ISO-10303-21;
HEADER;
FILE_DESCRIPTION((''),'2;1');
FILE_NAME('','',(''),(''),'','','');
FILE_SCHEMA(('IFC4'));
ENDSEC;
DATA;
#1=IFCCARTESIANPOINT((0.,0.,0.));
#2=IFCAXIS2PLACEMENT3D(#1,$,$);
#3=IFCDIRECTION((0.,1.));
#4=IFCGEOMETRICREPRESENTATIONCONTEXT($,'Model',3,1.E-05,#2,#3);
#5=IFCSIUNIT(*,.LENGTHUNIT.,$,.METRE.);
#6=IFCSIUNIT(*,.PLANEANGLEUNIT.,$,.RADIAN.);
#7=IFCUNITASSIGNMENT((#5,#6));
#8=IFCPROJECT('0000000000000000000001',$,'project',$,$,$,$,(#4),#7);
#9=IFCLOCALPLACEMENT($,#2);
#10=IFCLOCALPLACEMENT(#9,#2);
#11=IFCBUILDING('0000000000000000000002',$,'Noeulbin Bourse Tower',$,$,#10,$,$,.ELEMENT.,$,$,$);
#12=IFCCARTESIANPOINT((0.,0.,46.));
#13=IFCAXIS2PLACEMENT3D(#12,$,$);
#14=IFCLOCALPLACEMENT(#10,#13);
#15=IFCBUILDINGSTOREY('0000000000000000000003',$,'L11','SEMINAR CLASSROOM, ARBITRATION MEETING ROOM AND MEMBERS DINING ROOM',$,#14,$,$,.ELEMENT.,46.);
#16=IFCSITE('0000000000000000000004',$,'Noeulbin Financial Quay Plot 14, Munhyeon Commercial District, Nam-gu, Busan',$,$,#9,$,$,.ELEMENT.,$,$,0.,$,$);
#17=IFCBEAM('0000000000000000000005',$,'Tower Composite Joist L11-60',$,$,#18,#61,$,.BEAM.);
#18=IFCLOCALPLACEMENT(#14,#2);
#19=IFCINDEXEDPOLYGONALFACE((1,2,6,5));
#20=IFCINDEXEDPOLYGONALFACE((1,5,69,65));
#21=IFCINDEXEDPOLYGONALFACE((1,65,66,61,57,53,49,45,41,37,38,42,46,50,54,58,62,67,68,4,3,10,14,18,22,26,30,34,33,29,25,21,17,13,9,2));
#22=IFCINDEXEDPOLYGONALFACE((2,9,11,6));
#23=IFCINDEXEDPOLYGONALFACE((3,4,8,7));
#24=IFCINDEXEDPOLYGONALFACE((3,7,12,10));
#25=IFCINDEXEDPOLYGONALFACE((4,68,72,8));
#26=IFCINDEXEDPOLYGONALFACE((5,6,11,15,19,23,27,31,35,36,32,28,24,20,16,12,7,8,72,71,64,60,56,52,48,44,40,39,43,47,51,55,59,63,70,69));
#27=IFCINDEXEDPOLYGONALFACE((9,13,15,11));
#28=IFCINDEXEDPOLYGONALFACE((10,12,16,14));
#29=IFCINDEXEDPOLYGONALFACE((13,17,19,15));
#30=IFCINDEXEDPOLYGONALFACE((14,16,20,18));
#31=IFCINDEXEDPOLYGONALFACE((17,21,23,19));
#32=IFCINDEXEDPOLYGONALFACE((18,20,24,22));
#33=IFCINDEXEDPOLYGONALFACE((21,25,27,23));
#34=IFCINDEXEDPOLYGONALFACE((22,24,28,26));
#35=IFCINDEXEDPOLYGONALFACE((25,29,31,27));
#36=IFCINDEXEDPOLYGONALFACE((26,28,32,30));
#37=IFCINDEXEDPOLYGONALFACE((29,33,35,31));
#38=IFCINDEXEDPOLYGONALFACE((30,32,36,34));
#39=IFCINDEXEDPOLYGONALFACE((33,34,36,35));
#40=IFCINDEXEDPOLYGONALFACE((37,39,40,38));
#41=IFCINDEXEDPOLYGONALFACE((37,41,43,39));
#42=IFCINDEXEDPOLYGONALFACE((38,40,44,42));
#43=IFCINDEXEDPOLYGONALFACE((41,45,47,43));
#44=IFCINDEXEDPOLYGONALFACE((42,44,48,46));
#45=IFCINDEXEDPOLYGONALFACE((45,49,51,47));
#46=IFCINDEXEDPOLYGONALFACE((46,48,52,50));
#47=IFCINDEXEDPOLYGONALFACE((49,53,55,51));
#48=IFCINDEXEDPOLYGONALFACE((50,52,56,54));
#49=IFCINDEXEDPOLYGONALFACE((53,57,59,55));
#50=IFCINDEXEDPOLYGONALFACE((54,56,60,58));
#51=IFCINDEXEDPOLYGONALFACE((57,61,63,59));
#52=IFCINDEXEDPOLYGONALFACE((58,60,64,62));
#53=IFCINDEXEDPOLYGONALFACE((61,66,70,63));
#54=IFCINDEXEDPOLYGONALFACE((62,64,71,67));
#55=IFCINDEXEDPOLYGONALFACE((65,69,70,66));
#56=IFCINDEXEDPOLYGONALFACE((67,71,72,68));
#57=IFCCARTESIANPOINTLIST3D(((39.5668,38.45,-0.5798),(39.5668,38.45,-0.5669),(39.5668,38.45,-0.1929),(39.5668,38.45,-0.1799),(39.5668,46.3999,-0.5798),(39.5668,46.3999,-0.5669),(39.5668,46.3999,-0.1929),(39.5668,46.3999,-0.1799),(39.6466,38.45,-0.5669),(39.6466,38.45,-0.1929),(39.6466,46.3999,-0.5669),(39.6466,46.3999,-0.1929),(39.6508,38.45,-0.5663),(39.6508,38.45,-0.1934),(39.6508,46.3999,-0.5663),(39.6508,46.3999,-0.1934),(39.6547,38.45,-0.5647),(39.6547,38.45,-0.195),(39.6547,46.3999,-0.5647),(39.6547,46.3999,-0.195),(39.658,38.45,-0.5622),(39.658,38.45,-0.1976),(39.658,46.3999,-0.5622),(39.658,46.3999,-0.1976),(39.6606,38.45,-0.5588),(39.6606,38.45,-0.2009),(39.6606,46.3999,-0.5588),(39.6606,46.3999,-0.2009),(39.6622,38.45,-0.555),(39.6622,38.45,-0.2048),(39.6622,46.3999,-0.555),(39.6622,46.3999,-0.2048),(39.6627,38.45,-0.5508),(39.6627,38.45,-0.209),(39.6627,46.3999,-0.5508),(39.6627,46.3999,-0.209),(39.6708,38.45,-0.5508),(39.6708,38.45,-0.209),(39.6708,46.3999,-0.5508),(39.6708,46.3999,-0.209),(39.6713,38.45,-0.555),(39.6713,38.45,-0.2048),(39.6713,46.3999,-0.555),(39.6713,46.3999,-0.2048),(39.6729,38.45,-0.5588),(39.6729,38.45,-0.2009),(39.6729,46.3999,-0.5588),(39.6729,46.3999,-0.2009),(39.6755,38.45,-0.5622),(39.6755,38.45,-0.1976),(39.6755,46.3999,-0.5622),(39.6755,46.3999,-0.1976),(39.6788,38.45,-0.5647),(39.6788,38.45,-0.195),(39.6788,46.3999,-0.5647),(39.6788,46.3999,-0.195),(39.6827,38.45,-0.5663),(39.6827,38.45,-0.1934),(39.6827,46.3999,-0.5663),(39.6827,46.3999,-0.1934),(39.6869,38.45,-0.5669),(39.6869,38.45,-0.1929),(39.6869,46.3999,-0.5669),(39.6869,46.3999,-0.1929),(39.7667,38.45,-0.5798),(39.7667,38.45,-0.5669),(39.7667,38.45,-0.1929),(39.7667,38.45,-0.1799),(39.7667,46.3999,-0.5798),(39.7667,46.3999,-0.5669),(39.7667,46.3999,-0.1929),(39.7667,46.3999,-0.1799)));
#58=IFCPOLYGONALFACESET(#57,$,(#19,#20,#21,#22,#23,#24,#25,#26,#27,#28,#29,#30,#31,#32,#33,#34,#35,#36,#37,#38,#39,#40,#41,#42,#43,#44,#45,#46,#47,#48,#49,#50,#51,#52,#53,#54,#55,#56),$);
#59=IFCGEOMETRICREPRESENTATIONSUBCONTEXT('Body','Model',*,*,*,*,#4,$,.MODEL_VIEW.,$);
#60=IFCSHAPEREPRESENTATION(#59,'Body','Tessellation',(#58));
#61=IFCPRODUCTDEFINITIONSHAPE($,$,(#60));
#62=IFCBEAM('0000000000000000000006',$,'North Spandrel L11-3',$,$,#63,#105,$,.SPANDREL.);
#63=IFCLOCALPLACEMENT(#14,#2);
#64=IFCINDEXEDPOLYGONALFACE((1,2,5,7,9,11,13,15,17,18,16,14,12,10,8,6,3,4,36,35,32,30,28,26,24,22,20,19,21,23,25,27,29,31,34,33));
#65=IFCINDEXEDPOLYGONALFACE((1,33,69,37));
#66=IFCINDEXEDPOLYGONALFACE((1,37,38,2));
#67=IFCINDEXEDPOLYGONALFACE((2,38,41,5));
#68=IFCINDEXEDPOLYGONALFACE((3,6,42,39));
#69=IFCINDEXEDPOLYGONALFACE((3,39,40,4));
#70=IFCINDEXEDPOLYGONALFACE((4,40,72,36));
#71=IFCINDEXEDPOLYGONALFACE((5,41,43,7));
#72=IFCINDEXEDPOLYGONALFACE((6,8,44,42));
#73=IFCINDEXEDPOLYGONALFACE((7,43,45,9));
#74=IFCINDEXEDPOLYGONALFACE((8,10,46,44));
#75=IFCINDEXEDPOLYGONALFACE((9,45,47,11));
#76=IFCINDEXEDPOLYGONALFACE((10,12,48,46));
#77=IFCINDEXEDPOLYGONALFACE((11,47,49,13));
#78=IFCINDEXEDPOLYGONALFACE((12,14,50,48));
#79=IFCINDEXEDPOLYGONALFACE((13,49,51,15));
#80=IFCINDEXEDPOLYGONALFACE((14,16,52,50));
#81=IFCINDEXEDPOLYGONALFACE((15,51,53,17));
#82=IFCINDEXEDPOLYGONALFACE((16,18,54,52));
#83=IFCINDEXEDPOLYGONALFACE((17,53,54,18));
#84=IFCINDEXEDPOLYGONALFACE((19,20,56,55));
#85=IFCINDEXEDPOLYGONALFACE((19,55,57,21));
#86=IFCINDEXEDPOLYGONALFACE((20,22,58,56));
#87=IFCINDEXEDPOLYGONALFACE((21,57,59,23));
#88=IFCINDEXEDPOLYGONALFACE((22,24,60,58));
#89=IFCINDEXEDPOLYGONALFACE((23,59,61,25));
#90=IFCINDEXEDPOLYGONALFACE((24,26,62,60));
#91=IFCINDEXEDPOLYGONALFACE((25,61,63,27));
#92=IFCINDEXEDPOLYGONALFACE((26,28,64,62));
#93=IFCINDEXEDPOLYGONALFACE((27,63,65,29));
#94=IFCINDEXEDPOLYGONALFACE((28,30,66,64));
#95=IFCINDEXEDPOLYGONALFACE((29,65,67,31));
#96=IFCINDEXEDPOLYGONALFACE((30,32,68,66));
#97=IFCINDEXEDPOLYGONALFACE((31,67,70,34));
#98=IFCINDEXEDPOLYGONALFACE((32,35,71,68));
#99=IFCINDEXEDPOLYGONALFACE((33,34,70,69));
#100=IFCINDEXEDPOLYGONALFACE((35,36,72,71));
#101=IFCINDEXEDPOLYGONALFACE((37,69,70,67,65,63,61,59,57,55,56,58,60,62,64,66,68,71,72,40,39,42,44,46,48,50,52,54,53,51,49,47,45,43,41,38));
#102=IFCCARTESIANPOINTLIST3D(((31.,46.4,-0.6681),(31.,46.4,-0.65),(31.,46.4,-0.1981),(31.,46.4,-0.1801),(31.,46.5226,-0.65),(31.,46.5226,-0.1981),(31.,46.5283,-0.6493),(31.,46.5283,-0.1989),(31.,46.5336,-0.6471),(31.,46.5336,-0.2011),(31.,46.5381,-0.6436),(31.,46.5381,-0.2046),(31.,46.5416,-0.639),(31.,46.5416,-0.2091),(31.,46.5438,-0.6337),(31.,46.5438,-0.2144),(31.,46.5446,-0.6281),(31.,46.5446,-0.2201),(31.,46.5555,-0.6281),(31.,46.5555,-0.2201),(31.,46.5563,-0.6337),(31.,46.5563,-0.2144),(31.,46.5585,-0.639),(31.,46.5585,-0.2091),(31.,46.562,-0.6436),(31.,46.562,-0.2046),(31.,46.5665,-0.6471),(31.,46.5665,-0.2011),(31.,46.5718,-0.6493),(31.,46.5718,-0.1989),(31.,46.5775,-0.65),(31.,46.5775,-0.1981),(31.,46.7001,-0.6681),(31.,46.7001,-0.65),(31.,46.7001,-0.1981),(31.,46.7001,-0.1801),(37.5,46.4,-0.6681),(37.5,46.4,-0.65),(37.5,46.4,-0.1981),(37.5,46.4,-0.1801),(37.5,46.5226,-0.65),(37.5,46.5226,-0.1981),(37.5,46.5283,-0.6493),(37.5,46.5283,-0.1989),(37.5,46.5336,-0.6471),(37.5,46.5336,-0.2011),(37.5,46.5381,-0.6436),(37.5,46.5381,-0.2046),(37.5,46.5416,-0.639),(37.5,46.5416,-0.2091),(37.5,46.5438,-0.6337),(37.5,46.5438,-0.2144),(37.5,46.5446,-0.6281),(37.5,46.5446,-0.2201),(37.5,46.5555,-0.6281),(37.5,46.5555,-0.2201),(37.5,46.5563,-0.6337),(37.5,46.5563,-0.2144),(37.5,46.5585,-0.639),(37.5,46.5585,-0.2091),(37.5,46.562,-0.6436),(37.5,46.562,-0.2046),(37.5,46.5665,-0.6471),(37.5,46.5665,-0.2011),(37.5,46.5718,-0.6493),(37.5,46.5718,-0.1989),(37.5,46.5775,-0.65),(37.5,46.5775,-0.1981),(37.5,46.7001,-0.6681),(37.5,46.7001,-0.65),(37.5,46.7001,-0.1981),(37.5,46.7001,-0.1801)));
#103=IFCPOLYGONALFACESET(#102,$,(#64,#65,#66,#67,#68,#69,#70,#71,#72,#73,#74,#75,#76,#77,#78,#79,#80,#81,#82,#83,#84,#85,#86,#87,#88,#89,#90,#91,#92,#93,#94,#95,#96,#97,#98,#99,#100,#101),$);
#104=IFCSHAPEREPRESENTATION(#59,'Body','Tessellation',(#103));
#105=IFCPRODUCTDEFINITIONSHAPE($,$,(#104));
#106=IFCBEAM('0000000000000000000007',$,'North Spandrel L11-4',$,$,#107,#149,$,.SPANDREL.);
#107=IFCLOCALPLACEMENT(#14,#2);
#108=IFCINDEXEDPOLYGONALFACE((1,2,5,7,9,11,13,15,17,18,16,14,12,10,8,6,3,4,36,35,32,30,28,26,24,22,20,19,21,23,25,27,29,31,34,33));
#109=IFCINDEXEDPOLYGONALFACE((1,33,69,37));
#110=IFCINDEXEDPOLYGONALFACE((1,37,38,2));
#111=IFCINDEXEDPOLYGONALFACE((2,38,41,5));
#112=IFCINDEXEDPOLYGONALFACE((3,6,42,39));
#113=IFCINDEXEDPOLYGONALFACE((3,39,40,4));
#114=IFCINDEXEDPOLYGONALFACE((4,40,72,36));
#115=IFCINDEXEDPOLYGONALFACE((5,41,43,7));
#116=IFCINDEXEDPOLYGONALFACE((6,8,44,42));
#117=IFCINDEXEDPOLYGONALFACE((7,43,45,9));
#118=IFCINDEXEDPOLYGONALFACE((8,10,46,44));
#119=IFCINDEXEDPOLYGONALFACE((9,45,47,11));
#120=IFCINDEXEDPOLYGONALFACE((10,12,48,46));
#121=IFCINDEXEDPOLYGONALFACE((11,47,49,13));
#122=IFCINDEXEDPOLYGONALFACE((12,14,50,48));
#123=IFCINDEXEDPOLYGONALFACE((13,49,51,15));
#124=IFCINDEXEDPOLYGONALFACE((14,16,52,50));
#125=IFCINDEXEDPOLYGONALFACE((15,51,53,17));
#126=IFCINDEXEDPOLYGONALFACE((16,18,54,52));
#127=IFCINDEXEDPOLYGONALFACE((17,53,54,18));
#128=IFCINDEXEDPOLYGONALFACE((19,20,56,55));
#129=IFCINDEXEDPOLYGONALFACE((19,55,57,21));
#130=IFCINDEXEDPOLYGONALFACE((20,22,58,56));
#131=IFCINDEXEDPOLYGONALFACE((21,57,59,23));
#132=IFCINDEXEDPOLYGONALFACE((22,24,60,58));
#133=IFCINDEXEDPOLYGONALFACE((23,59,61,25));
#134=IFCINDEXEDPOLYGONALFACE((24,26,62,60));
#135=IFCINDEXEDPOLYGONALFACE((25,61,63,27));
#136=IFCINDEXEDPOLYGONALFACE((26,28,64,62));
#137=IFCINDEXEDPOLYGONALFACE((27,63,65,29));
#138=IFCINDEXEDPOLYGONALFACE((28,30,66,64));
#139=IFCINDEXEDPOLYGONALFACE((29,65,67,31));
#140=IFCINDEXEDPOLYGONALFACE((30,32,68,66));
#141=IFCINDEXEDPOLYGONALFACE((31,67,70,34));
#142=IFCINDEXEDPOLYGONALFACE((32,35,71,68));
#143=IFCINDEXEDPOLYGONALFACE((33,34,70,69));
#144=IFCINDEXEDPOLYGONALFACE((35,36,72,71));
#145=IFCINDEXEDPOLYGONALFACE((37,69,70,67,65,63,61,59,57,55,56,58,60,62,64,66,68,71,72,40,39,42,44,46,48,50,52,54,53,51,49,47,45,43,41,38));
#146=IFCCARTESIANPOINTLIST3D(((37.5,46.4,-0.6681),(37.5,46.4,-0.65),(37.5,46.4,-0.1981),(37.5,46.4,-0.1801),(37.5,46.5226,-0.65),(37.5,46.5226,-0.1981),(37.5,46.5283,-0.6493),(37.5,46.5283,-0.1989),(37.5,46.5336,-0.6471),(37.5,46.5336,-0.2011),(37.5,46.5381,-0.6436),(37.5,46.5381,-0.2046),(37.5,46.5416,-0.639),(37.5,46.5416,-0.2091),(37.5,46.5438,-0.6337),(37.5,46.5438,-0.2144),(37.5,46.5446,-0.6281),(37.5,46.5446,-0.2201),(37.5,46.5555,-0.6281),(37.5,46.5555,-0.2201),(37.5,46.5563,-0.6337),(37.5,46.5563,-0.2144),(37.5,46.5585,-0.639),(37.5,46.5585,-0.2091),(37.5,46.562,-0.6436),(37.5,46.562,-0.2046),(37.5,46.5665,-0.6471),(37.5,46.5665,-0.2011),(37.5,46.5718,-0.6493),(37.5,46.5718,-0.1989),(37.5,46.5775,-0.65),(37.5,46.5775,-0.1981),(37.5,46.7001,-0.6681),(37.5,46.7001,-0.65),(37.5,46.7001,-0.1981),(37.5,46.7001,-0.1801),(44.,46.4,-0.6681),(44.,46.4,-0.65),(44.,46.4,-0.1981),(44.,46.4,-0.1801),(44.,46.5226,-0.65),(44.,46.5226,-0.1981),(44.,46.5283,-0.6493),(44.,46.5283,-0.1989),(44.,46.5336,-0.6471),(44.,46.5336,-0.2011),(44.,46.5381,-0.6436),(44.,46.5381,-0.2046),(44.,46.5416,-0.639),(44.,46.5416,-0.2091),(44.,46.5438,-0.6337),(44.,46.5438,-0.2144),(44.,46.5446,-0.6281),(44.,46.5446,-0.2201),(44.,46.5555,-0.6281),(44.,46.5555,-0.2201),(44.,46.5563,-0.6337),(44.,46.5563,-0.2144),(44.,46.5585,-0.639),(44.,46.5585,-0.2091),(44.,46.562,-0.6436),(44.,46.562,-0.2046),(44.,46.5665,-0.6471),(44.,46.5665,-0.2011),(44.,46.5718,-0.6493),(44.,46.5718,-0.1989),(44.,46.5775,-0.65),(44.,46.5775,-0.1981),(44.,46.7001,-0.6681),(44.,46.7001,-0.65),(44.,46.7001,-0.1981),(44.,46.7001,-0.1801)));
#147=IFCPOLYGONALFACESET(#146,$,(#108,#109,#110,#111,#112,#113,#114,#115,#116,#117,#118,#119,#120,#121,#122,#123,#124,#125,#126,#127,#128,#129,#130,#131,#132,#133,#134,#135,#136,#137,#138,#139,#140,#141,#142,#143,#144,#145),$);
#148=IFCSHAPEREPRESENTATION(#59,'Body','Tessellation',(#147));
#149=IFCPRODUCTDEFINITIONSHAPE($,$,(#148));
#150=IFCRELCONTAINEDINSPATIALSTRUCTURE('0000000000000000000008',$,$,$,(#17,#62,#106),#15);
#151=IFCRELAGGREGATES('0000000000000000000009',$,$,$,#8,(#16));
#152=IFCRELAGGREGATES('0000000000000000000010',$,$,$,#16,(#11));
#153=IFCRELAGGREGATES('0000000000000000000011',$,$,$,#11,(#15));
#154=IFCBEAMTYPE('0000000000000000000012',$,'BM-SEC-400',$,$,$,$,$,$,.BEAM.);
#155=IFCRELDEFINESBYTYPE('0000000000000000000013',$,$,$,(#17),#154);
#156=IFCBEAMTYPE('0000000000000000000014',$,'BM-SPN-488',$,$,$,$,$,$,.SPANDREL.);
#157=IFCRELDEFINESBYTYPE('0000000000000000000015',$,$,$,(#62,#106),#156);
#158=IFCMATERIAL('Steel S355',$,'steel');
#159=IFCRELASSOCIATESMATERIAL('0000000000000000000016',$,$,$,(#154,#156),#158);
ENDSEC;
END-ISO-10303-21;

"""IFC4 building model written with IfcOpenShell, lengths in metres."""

from ifc_helpers import new_model, si_unit, direction, frame, origin, origin_2d, place, context, subcontext, project, spatial, i_section, extrude, material, material_profile, profile_set, type_object, element, save


model = new_model("IFC4")

# Units and contexts
model_context = context("Model", 3, precision=1e-05, world=origin(), true_north=direction((0.0, 1.0)))
body_context = subcontext(model_context, "Body", "Model", "MODEL_VIEW")
ifc_project = project(units=[si_unit("LENGTHUNIT", "METRE"), si_unit("PLANEANGLEUNIT", "RADIAN")], contexts=[model_context])

# Site, building, storey
site_placement = place(None, origin())
site = spatial("IfcSite", under=ifc_project, at=site_placement, Name="Noeulbin Financial Quay Plot 14, Munhyeon Commercial District, Nam-gu, Busan", CompositionType="ELEMENT", RefElevation=0.0)
building_placement = place(site_placement, origin())
building = spatial("IfcBuilding", under=site, at=building_placement, Name="Noeulbin Bourse Tower", CompositionType="ELEMENT")
storey_placement = place(building_placement, frame((0.0, 0.0, 46.0)))
storey = spatial("IfcBuildingStorey", under=building, at=storey_placement, Name="L11", Description="SEMINAR CLASSROOM, ARBITRATION MEETING ROOM AND MEMBERS DINING ROOM", CompositionType="ELEMENT", Elevation=46.0)

# Beams
ifc_material_1 = material(Name="Steel S355", Category="steel")
ifc_material_profile_1 = material_profile(ifc_material_1, i_section(OverallWidth=0.2, OverallDepth=0.3999, WebThickness=0.0081, FlangeThickness=0.0129, FilletRadius=0.0161, at=origin_2d()), Name="H-400x200x8x13", Category="LoadBearing")
ifc_profile_set_1 = profile_set([ifc_material_profile_1], Name="Steel S355")
beam_type_1 = type_object("IfcBeamType", Name="BM-SEC-400", PredefinedType="BEAM", material=ifc_profile_set_1)
for number, where, z_axis, x_axis, name in (
    (1, (39.6667, 38.45, -0.3799), (0.0, 1.0, 0.0), (-1.0, 0.0, 0.0), "Tower Composite Joist L11-60"),
):
    element("IfcBeam", number, at=place(storey_placement, frame(where, z_axis=z_axis, x_axis=x_axis)), inside=storey, type_object=beam_type_1, Name=name, PredefinedType="BEAM", context=body_context, shape_type="SweptSolid", body=[
        extrude(i_section(OverallWidth=0.2, OverallDepth=0.3999, WebThickness=0.0081, FlangeThickness=0.0129, FilletRadius=0.0161, at=origin_2d()), origin(), (0.0, 0.0, 1.0), 7.95),
    ])
ifc_material_profile_2 = material_profile(ifc_material_1, i_section(OverallWidth=0.3, OverallDepth=0.488, WebThickness=0.011, FlangeThickness=0.0181, FilletRadius=0.022, at=origin_2d()), Name="H-488x300x11x18", Category="LoadBearing")
ifc_profile_set_2 = profile_set([ifc_material_profile_2], Name="Steel S355")
beam_type_2 = type_object("IfcBeamType", Name="BM-SPN-488", PredefinedType="SPANDREL", material=ifc_profile_set_2)
for number, where, z_axis, x_axis, name in (
    (2, (31.0, 46.55, -0.4241), (1.0, 0.0, 0.0), (0.0, 1.0, 0.0), "North Spandrel L11-3"),
    (3, (37.5, 46.55, -0.4241), (1.0, 0.0, 0.0), (0.0, 1.0, 0.0), "North Spandrel L11-4"),
):
    element("IfcBeam", number, at=place(storey_placement, frame(where, z_axis=z_axis, x_axis=x_axis)), inside=storey, type_object=beam_type_2, Name=name, PredefinedType="SPANDREL", context=body_context, shape_type="SweptSolid", body=[
        extrude(i_section(OverallWidth=0.3, OverallDepth=0.488, WebThickness=0.011, FlangeThickness=0.0181, FilletRadius=0.022, at=origin_2d()), origin(), (0.0, 0.0, 1.0), 6.5),
    ])

save(model, "model.ifc")
